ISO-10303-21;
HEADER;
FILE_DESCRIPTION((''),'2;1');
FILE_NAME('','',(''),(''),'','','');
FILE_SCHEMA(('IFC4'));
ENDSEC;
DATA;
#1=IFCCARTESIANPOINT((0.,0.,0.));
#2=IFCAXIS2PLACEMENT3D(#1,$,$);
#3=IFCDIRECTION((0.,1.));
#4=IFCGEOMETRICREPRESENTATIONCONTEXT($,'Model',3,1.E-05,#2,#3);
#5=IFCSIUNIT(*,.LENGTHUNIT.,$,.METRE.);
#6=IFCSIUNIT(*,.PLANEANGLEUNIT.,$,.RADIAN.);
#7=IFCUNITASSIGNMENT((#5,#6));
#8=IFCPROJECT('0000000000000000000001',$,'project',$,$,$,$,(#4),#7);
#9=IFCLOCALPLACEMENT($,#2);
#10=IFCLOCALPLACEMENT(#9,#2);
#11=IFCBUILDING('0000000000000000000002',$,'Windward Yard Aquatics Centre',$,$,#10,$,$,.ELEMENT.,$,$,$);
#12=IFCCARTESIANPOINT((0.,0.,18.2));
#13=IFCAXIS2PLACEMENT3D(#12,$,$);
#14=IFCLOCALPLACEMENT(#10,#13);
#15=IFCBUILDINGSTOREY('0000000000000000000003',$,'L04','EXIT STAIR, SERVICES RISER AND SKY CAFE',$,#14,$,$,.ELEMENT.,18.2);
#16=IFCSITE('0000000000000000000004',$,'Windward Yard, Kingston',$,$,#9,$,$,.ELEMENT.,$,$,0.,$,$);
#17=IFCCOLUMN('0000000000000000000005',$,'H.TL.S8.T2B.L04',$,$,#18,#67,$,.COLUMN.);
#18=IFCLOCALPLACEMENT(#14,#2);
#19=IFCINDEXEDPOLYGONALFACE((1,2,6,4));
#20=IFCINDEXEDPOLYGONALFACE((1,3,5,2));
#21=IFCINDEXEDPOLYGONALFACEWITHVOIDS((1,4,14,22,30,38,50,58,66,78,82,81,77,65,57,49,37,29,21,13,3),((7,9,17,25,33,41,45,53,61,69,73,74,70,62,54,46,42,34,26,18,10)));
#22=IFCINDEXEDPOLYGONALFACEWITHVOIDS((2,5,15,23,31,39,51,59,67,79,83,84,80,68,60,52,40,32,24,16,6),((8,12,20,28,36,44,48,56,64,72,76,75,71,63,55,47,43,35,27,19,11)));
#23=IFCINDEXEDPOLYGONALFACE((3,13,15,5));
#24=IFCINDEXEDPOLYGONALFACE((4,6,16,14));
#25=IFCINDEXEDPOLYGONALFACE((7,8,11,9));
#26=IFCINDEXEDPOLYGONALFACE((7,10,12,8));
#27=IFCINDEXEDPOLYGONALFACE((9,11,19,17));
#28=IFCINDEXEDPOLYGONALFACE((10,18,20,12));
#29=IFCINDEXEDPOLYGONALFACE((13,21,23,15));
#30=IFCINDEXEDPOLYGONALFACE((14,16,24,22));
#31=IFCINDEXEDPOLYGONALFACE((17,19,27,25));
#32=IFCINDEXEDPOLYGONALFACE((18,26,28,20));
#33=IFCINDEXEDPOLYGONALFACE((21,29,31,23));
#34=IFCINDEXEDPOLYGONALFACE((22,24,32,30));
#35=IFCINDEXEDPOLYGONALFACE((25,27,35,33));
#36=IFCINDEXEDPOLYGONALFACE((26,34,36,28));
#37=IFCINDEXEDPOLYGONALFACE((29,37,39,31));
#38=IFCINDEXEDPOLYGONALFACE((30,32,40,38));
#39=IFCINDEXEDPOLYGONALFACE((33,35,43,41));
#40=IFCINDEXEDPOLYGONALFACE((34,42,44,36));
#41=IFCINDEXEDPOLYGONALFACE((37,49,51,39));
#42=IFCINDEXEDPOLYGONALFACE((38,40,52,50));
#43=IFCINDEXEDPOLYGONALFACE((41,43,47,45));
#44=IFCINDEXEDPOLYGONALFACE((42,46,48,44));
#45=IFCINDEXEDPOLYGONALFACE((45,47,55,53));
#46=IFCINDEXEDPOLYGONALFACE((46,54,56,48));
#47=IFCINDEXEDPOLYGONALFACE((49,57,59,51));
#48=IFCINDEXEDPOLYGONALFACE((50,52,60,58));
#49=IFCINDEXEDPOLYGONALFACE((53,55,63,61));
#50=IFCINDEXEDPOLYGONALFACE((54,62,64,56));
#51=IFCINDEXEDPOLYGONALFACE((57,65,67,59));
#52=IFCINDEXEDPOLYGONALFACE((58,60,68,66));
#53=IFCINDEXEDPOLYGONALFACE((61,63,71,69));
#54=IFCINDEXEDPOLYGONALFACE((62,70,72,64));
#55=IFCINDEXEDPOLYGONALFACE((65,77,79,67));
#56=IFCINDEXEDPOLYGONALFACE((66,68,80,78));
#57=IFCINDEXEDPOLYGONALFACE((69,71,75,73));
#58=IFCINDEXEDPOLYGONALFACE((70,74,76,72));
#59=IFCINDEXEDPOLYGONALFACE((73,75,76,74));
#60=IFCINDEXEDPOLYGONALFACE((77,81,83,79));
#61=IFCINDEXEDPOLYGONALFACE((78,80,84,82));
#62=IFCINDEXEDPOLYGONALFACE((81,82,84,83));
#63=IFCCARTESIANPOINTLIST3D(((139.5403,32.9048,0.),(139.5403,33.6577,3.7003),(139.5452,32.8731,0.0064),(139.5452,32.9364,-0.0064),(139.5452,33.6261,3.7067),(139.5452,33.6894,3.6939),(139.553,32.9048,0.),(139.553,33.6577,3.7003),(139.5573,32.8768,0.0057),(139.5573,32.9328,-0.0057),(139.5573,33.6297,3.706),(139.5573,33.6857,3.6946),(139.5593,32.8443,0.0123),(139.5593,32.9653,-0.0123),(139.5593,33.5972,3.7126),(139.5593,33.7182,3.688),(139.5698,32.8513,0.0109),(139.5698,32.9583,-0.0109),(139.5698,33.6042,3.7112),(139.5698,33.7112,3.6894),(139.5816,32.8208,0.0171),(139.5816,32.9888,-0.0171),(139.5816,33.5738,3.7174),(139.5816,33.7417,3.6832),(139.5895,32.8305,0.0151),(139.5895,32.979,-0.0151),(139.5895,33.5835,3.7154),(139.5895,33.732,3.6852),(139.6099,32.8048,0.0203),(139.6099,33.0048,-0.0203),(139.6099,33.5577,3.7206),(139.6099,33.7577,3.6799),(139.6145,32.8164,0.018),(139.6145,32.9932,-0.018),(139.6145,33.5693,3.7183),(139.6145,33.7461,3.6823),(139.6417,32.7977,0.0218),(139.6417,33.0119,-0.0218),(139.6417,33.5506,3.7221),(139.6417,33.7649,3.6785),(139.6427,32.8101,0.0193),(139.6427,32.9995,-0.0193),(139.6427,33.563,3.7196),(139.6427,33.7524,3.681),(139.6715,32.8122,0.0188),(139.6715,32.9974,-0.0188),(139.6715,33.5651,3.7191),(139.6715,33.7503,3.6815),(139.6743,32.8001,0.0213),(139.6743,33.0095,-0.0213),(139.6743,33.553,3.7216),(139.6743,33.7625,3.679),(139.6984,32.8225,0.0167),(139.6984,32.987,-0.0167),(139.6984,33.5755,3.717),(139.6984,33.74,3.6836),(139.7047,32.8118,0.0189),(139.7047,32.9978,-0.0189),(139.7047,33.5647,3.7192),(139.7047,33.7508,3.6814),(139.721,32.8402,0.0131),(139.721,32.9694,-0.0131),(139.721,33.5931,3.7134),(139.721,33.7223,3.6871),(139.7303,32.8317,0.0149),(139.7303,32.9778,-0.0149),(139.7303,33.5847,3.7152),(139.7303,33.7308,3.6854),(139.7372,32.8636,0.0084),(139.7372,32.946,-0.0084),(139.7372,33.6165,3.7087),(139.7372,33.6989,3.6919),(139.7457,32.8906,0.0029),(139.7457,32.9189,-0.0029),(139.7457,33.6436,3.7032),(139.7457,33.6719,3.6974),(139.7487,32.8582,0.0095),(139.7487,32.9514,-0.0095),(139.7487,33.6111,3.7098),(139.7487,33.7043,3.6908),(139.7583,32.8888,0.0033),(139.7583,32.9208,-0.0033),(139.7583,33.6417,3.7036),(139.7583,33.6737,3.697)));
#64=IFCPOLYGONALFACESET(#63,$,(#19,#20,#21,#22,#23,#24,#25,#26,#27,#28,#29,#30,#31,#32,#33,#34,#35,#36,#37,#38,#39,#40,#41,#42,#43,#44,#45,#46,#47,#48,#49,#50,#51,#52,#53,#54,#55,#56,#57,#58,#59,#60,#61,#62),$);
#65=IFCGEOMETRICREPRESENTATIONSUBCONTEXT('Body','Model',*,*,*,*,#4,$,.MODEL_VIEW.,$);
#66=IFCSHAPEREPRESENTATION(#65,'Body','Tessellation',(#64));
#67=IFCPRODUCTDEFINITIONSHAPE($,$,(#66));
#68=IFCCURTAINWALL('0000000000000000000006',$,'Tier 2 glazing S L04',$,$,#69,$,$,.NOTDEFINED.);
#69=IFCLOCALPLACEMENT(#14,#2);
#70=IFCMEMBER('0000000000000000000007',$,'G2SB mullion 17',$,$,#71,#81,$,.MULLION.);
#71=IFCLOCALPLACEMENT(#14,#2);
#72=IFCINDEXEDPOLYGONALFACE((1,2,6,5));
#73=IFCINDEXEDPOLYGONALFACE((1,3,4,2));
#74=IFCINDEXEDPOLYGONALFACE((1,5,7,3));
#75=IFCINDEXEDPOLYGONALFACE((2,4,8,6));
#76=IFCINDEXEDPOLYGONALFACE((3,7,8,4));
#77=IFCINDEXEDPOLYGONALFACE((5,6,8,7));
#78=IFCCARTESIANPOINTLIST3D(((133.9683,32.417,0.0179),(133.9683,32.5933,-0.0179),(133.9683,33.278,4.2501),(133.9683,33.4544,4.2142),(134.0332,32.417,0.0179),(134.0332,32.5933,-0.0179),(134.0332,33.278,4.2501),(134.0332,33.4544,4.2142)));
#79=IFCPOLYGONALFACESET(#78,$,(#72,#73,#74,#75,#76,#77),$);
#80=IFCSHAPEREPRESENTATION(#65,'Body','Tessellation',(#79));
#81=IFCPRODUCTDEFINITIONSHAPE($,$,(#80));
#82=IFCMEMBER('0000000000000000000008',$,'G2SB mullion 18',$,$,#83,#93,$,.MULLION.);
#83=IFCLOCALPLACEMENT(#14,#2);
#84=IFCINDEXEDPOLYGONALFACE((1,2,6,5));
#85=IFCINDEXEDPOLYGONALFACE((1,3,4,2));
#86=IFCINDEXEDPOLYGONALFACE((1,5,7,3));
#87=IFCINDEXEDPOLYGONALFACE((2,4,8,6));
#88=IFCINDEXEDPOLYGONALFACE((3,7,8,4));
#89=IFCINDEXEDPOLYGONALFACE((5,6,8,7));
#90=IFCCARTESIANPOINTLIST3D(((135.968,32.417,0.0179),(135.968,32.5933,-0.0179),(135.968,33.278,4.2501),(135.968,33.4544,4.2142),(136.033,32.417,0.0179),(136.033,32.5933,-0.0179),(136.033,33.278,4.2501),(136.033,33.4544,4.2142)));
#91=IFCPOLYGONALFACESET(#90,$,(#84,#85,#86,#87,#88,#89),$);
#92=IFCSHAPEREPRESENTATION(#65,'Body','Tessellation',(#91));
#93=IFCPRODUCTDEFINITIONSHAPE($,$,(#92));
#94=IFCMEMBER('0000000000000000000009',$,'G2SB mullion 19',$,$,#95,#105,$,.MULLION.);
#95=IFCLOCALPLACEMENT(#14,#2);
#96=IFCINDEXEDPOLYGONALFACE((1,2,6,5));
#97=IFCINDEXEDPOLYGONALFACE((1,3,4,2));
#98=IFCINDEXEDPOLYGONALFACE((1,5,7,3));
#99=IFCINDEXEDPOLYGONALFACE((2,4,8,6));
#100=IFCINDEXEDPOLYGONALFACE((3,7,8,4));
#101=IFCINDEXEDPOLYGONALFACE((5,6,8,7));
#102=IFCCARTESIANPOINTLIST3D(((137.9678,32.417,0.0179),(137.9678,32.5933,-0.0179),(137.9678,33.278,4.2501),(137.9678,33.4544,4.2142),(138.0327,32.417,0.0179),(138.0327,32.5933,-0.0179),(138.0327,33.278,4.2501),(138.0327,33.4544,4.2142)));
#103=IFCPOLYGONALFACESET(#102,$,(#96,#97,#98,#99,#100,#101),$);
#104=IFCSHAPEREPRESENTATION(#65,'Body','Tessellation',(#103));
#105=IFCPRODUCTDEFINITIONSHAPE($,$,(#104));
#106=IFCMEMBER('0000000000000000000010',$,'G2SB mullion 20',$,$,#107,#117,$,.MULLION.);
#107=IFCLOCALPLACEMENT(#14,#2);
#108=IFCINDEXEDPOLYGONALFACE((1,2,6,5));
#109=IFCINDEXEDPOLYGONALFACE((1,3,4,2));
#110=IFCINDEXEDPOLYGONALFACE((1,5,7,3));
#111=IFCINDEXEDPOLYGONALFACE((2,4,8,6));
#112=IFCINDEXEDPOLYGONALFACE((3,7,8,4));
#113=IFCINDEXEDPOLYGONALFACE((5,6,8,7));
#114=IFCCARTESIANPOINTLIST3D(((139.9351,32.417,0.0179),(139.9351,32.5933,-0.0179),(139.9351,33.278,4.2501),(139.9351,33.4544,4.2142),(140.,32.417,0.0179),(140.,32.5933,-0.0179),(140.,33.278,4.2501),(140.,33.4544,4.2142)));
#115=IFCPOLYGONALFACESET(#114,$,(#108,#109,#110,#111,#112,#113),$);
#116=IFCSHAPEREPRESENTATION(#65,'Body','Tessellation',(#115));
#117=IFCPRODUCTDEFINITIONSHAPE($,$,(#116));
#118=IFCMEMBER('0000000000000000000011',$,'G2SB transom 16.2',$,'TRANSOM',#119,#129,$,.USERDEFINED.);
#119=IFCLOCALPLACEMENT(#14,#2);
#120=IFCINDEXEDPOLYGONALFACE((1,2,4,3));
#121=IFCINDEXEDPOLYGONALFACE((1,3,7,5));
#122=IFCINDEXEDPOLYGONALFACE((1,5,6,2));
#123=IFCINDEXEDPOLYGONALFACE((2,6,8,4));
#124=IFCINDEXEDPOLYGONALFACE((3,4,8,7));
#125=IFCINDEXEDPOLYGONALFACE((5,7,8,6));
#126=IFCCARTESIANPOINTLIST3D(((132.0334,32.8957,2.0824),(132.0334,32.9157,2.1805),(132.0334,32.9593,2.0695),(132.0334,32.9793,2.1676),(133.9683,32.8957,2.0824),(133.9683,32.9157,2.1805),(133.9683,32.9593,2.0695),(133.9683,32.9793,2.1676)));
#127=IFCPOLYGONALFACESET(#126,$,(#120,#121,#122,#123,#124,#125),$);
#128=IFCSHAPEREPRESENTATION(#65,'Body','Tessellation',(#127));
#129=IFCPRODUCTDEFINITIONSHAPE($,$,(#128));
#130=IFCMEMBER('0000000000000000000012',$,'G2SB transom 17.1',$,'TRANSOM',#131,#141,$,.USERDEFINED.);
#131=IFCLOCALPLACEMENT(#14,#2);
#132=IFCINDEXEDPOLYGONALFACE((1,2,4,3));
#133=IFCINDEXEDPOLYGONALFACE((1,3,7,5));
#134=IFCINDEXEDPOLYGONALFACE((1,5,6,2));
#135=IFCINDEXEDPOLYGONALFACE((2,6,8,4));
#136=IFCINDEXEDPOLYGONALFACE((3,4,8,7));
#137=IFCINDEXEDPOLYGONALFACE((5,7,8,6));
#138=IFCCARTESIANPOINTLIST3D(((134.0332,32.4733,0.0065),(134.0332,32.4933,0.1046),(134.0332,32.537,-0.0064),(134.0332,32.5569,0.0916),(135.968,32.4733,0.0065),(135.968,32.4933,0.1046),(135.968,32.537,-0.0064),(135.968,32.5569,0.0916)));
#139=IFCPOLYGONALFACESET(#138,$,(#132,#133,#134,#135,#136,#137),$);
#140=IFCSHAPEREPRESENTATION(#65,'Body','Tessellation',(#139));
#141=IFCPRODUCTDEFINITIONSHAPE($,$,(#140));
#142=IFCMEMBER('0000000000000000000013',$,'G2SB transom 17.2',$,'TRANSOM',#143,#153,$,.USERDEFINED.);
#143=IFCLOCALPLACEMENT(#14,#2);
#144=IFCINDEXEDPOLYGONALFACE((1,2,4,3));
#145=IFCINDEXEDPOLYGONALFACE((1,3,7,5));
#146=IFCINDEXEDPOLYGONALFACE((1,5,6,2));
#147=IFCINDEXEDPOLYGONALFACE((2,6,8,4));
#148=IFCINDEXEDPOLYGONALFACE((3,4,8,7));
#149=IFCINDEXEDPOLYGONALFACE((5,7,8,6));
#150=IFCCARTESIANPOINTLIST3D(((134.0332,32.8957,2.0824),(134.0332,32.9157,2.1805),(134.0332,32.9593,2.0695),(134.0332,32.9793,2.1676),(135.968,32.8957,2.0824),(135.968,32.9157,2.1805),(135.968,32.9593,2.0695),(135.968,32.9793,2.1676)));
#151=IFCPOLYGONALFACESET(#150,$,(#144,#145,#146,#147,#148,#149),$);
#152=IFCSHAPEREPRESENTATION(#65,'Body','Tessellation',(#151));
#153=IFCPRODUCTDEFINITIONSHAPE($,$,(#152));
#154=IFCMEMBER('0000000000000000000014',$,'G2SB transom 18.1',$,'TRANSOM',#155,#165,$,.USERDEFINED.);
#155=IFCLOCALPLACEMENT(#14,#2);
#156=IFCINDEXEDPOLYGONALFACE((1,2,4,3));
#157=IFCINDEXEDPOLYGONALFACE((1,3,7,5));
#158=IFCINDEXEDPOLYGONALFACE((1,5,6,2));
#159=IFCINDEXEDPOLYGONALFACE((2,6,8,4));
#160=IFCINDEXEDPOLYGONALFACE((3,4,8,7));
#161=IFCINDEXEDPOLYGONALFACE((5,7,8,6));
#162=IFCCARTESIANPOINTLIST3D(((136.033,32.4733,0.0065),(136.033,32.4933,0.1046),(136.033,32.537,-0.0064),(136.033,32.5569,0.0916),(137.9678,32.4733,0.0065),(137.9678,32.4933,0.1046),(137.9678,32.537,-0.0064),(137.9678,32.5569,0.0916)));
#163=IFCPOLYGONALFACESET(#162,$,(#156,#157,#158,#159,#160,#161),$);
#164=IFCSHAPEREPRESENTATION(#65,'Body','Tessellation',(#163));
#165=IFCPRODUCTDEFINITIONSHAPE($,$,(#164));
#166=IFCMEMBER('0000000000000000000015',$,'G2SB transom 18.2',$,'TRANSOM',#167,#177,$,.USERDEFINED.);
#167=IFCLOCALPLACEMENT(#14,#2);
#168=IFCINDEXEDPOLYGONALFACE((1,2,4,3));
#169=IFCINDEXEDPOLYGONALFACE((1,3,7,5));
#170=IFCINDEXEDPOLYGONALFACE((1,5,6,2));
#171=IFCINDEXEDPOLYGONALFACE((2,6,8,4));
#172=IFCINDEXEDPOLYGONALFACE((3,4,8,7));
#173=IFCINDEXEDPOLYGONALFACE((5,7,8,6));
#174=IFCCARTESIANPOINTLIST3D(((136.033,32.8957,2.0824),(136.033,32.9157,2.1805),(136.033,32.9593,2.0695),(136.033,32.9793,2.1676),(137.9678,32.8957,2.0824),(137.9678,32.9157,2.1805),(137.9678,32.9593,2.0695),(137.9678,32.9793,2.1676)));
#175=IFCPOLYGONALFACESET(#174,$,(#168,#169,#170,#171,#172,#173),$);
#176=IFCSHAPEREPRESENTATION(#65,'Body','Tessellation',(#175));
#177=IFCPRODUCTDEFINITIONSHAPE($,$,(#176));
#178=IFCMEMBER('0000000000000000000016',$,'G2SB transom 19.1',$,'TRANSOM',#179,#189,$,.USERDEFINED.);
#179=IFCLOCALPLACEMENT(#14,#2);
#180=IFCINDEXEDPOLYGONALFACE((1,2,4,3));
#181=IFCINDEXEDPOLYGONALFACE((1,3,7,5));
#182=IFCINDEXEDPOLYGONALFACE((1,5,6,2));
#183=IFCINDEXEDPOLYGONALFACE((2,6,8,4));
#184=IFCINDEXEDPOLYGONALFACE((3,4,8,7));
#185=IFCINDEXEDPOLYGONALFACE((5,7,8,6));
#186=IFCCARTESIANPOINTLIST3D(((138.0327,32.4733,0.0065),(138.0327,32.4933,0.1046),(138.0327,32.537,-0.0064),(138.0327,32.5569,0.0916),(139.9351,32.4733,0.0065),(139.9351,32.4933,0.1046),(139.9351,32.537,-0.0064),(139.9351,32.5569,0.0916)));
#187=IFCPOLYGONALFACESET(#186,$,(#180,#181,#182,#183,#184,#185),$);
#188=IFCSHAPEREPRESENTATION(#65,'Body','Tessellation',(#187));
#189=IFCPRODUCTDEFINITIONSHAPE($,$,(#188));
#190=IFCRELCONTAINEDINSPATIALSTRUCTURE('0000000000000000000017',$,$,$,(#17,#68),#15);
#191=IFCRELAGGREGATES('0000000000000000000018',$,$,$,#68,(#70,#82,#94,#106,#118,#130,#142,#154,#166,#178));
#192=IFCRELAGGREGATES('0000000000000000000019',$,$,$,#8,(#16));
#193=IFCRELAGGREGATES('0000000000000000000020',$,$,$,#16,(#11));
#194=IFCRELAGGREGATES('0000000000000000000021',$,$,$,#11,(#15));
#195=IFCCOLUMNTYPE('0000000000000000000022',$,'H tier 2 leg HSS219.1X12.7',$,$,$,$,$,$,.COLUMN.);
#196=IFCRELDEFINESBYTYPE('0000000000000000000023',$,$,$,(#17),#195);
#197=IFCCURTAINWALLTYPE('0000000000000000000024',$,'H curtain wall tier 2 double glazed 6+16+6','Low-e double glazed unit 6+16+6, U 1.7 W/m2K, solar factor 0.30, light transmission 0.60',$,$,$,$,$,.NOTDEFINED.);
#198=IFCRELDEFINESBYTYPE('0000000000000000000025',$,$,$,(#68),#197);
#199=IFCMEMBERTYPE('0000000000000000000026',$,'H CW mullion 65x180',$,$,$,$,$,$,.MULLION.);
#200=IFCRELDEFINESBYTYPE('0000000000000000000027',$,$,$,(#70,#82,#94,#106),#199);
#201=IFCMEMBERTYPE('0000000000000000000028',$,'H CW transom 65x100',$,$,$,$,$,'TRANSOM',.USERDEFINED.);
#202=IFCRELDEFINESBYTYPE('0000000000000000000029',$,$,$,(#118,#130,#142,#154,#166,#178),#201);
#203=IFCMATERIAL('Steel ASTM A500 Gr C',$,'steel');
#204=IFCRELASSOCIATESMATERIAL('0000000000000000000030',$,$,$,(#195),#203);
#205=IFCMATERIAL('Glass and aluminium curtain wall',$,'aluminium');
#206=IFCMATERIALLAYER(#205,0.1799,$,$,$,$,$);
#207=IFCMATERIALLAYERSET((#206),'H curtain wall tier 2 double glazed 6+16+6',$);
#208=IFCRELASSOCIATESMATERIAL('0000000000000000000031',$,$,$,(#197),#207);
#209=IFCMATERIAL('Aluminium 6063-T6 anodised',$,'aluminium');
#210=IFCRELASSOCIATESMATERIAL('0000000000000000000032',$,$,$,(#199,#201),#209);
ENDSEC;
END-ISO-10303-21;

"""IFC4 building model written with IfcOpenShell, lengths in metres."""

from ifc_helpers import new_model, si_unit, direction, frame, origin, origin_2d, place, context, subcontext, project, spatial, rectangle, hollow_circle, extrude, material, layer, layer_set, material_profile, profile_set, type_object, element, aggregate, save


model = new_model("IFC4")

# Units and contexts
model_context = context("Model", 3, precision=1e-05, world=origin(), true_north=direction((0.0, 1.0)))
body_context = subcontext(model_context, "Body", "Model", "MODEL_VIEW")
ifc_project = project(units=[si_unit("LENGTHUNIT", "METRE"), si_unit("PLANEANGLEUNIT", "RADIAN")], contexts=[model_context])

# Site, building, storey
site_placement = place(None, origin())
site = spatial("IfcSite", under=ifc_project, at=site_placement, Name="Windward Yard, Kingston", CompositionType="ELEMENT", RefElevation=0.0)
building_placement = place(site_placement, origin())
building = spatial("IfcBuilding", under=site, at=building_placement, Name="Windward Yard Aquatics Centre", CompositionType="ELEMENT")
storey_placement = place(building_placement, frame((0.0, 0.0, 18.2)))
storey = spatial("IfcBuildingStorey", under=building, at=storey_placement, Name="L04", Description="EXIT STAIR, SERVICES RISER AND SKY CAFE", CompositionType="ELEMENT", Elevation=18.2)

# Column
ifc_material_1 = material(Name="Steel ASTM A500 Gr C", Category="steel")
ifc_material_profile_1 = material_profile(ifc_material_1, hollow_circle(Radius=0.1096, WallThickness=0.0127, at=origin_2d()), Name="HSS219.1X12.7")
ifc_profile_set_1 = profile_set([ifc_material_profile_1], Name="Steel ASTM A500 Gr C")
column_type = type_object("IfcColumnType", Name="H tier 2 leg HSS219.1X12.7", PredefinedType="COLUMN", material=ifc_profile_set_1)
column_placement = place(storey_placement, frame((139.6499, 32.9048, 0.0), z_axis=(0.0, 0.199398, 0.979919), x_axis=(-1.0, 0.0, 0.0)))
element("IfcColumn", 1, at=column_placement, inside=storey, type_object=column_type, Name="H.TL.S8.T2B.L04", PredefinedType="COLUMN", context=body_context, shape_type="SweptSolid", body=[
    extrude(hollow_circle(Radius=0.1096, WallThickness=0.0127, at=origin_2d()), origin(), (0.0, 0.0, 1.0), 3.7761),
])

# Curtain wall, members
ifc_material_2 = material(Name="Glass and aluminium curtain wall", Category="aluminium")
ifc_layer_1 = layer(ifc_material_2, 0.1799)
ifc_layer_set_1 = layer_set([ifc_layer_1], Name="H curtain wall tier 2 double glazed 6+16+6")
curtain_wall_type = type_object("IfcCurtainWallType", Name="H curtain wall tier 2 double glazed 6+16+6", Description="Low-e double glazed unit 6+16+6, U 1.7 W/m2K, solar factor 0.30, light transmission 0.60", PredefinedType="NOTDEFINED", material=ifc_layer_set_1)
curtain_wall_placement = place(storey_placement, origin())
curtain_wall = element("IfcCurtainWall", 2, at=curtain_wall_placement, inside=storey, type_object=curtain_wall_type, Name="Tier 2 glazing S L04", PredefinedType="NOTDEFINED")
ifc_material_3 = material(Name="Aluminium 6063-T6 anodised", Category="aluminium")
ifc_material_profile_2 = material_profile(ifc_material_3, rectangle(XDim=0.0649, YDim=0.1799, at=origin_2d()), Name="H CW mullion 65x180")
ifc_profile_set_2 = profile_set([ifc_material_profile_2], Name="Aluminium 6063-T6 anodised")
member_type_1 = type_object("IfcMemberType", Name="H CW mullion 65x180", PredefinedType="MULLION", material=ifc_profile_set_2)
member_1_placement = place(storey_placement, frame((134.0007, 32.5051, 0.0), z_axis=(0.0, 0.199376, 0.979923), x_axis=(-1.0, 0.0, 0.0)))
member_1 = element("IfcMember", 3, at=member_1_placement, type_object=member_type_1, Name="G2SB mullion 17", PredefinedType="MULLION", context=body_context, shape_type="SweptSolid", body=[
    extrude(rectangle(XDim=0.0649, YDim=0.1799, at=origin_2d()), origin(), (0.0, 0.0, 1.0), 4.3188),
])
member_2_placement = place(storey_placement, frame((136.0005, 32.5051, 0.0), z_axis=(0.0, 0.199376, 0.979923), x_axis=(-1.0, 0.0, 0.0)))
member_2 = element("IfcMember", 4, at=member_2_placement, type_object=member_type_1, Name="G2SB mullion 18", PredefinedType="MULLION", context=body_context, shape_type="SweptSolid", body=[
    extrude(rectangle(XDim=0.0649, YDim=0.1799, at=origin_2d()), origin(), (0.0, 0.0, 1.0), 4.3188),
])
member_3_placement = place(storey_placement, frame((138.0002, 32.5051, 0.0), z_axis=(0.0, 0.199376, 0.979923), x_axis=(-1.0, 0.0, 0.0)))
member_3 = element("IfcMember", 5, at=member_3_placement, type_object=member_type_1, Name="G2SB mullion 19", PredefinedType="MULLION", context=body_context, shape_type="SweptSolid", body=[
    extrude(rectangle(XDim=0.0649, YDim=0.1799, at=origin_2d()), origin(), (0.0, 0.0, 1.0), 4.3188),
])
member_4_placement = place(storey_placement, frame((139.9675, 32.5051, 0.0), z_axis=(0.0, 0.199376, 0.979923), x_axis=(-1.0, 0.0, 0.0)))
member_4 = element("IfcMember", 6, at=member_4_placement, type_object=member_type_1, Name="G2SB mullion 20", PredefinedType="MULLION", context=body_context, shape_type="SweptSolid", body=[
    extrude(rectangle(XDim=0.0649, YDim=0.1799, at=origin_2d()), origin(), (0.0, 0.0, 1.0), 4.3188),
])
ifc_material_profile_3 = material_profile(ifc_material_3, rectangle(XDim=0.0649, YDim=0.1001, at=origin_2d()), Name="H CW transom 65x100")
ifc_profile_set_3 = profile_set([ifc_material_profile_3], Name="Aluminium 6063-T6 anodised")
member_type_2 = type_object("IfcMemberType", Name="H CW transom 65x100", ElementType="TRANSOM", PredefinedType="USERDEFINED", material=ifc_profile_set_3)
member_5_placement = place(storey_placement, frame((132.0334, 32.9375, 2.125), z_axis=(1.0, 0.0, 0.0), x_axis=(0.0, -0.979925, 0.199368)))
member_5 = element("IfcMember", 7, at=member_5_placement, type_object=member_type_2, Name="G2SB transom 16.2", ObjectType="TRANSOM", PredefinedType="USERDEFINED", context=body_context, shape_type="SweptSolid", body=[
    extrude(rectangle(XDim=0.0649, YDim=0.1001, at=origin_2d()), origin(), (0.0, 0.0, 1.0), 1.9348),
])
member_6_placement = place(storey_placement, frame((134.0332, 32.5151, 0.0491), z_axis=(1.0, 0.0, 0.0), x_axis=(0.0, -0.979925, 0.199368)))
member_6 = element("IfcMember", 8, at=member_6_placement, type_object=member_type_2, Name="G2SB transom 17.1", ObjectType="TRANSOM", PredefinedType="USERDEFINED", context=body_context, shape_type="SweptSolid", body=[
    extrude(rectangle(XDim=0.0649, YDim=0.1001, at=origin_2d()), origin(), (0.0, 0.0, 1.0), 1.9348),
])
member_7_placement = place(storey_placement, frame((134.0332, 32.9375, 2.125), z_axis=(1.0, 0.0, 0.0), x_axis=(0.0, -0.979925, 0.199368)))
member_7 = element("IfcMember", 9, at=member_7_placement, type_object=member_type_2, Name="G2SB transom 17.2", ObjectType="TRANSOM", PredefinedType="USERDEFINED", context=body_context, shape_type="SweptSolid", body=[
    extrude(rectangle(XDim=0.0649, YDim=0.1001, at=origin_2d()), origin(), (0.0, 0.0, 1.0), 1.9348),
])
member_8_placement = place(storey_placement, frame((136.033, 32.5151, 0.0491), z_axis=(1.0, 0.0, 0.0), x_axis=(0.0, -0.979925, 0.199368)))
member_8 = element("IfcMember", 10, at=member_8_placement, type_object=member_type_2, Name="G2SB transom 18.1", ObjectType="TRANSOM", PredefinedType="USERDEFINED", context=body_context, shape_type="SweptSolid", body=[
    extrude(rectangle(XDim=0.0649, YDim=0.1001, at=origin_2d()), origin(), (0.0, 0.0, 1.0), 1.9348),
])
member_9_placement = place(storey_placement, frame((136.033, 32.9375, 2.125), z_axis=(1.0, 0.0, 0.0), x_axis=(0.0, -0.979925, 0.199368)))
member_9 = element("IfcMember", 11, at=member_9_placement, type_object=member_type_2, Name="G2SB transom 18.2", ObjectType="TRANSOM", PredefinedType="USERDEFINED", context=body_context, shape_type="SweptSolid", body=[
    extrude(rectangle(XDim=0.0649, YDim=0.1001, at=origin_2d()), origin(), (0.0, 0.0, 1.0), 1.9348),
])
member_10_placement = place(storey_placement, frame((138.0327, 32.5151, 0.0491), z_axis=(1.0, 0.0, 0.0), x_axis=(0.0, -0.979925, 0.199368)))
member_10 = element("IfcMember", 12, at=member_10_placement, type_object=member_type_2, Name="G2SB transom 19.1", ObjectType="TRANSOM", PredefinedType="USERDEFINED", context=body_context, shape_type="SweptSolid", body=[
    extrude(rectangle(XDim=0.0649, YDim=0.1001, at=origin_2d()), origin(), (0.0, 0.0, 1.0), 1.9023),
])

aggregate(curtain_wall, [member_1, member_2, member_3, member_4, member_5, member_6, member_7, member_8, member_9, member_10])

save(model, "model.ifc")
